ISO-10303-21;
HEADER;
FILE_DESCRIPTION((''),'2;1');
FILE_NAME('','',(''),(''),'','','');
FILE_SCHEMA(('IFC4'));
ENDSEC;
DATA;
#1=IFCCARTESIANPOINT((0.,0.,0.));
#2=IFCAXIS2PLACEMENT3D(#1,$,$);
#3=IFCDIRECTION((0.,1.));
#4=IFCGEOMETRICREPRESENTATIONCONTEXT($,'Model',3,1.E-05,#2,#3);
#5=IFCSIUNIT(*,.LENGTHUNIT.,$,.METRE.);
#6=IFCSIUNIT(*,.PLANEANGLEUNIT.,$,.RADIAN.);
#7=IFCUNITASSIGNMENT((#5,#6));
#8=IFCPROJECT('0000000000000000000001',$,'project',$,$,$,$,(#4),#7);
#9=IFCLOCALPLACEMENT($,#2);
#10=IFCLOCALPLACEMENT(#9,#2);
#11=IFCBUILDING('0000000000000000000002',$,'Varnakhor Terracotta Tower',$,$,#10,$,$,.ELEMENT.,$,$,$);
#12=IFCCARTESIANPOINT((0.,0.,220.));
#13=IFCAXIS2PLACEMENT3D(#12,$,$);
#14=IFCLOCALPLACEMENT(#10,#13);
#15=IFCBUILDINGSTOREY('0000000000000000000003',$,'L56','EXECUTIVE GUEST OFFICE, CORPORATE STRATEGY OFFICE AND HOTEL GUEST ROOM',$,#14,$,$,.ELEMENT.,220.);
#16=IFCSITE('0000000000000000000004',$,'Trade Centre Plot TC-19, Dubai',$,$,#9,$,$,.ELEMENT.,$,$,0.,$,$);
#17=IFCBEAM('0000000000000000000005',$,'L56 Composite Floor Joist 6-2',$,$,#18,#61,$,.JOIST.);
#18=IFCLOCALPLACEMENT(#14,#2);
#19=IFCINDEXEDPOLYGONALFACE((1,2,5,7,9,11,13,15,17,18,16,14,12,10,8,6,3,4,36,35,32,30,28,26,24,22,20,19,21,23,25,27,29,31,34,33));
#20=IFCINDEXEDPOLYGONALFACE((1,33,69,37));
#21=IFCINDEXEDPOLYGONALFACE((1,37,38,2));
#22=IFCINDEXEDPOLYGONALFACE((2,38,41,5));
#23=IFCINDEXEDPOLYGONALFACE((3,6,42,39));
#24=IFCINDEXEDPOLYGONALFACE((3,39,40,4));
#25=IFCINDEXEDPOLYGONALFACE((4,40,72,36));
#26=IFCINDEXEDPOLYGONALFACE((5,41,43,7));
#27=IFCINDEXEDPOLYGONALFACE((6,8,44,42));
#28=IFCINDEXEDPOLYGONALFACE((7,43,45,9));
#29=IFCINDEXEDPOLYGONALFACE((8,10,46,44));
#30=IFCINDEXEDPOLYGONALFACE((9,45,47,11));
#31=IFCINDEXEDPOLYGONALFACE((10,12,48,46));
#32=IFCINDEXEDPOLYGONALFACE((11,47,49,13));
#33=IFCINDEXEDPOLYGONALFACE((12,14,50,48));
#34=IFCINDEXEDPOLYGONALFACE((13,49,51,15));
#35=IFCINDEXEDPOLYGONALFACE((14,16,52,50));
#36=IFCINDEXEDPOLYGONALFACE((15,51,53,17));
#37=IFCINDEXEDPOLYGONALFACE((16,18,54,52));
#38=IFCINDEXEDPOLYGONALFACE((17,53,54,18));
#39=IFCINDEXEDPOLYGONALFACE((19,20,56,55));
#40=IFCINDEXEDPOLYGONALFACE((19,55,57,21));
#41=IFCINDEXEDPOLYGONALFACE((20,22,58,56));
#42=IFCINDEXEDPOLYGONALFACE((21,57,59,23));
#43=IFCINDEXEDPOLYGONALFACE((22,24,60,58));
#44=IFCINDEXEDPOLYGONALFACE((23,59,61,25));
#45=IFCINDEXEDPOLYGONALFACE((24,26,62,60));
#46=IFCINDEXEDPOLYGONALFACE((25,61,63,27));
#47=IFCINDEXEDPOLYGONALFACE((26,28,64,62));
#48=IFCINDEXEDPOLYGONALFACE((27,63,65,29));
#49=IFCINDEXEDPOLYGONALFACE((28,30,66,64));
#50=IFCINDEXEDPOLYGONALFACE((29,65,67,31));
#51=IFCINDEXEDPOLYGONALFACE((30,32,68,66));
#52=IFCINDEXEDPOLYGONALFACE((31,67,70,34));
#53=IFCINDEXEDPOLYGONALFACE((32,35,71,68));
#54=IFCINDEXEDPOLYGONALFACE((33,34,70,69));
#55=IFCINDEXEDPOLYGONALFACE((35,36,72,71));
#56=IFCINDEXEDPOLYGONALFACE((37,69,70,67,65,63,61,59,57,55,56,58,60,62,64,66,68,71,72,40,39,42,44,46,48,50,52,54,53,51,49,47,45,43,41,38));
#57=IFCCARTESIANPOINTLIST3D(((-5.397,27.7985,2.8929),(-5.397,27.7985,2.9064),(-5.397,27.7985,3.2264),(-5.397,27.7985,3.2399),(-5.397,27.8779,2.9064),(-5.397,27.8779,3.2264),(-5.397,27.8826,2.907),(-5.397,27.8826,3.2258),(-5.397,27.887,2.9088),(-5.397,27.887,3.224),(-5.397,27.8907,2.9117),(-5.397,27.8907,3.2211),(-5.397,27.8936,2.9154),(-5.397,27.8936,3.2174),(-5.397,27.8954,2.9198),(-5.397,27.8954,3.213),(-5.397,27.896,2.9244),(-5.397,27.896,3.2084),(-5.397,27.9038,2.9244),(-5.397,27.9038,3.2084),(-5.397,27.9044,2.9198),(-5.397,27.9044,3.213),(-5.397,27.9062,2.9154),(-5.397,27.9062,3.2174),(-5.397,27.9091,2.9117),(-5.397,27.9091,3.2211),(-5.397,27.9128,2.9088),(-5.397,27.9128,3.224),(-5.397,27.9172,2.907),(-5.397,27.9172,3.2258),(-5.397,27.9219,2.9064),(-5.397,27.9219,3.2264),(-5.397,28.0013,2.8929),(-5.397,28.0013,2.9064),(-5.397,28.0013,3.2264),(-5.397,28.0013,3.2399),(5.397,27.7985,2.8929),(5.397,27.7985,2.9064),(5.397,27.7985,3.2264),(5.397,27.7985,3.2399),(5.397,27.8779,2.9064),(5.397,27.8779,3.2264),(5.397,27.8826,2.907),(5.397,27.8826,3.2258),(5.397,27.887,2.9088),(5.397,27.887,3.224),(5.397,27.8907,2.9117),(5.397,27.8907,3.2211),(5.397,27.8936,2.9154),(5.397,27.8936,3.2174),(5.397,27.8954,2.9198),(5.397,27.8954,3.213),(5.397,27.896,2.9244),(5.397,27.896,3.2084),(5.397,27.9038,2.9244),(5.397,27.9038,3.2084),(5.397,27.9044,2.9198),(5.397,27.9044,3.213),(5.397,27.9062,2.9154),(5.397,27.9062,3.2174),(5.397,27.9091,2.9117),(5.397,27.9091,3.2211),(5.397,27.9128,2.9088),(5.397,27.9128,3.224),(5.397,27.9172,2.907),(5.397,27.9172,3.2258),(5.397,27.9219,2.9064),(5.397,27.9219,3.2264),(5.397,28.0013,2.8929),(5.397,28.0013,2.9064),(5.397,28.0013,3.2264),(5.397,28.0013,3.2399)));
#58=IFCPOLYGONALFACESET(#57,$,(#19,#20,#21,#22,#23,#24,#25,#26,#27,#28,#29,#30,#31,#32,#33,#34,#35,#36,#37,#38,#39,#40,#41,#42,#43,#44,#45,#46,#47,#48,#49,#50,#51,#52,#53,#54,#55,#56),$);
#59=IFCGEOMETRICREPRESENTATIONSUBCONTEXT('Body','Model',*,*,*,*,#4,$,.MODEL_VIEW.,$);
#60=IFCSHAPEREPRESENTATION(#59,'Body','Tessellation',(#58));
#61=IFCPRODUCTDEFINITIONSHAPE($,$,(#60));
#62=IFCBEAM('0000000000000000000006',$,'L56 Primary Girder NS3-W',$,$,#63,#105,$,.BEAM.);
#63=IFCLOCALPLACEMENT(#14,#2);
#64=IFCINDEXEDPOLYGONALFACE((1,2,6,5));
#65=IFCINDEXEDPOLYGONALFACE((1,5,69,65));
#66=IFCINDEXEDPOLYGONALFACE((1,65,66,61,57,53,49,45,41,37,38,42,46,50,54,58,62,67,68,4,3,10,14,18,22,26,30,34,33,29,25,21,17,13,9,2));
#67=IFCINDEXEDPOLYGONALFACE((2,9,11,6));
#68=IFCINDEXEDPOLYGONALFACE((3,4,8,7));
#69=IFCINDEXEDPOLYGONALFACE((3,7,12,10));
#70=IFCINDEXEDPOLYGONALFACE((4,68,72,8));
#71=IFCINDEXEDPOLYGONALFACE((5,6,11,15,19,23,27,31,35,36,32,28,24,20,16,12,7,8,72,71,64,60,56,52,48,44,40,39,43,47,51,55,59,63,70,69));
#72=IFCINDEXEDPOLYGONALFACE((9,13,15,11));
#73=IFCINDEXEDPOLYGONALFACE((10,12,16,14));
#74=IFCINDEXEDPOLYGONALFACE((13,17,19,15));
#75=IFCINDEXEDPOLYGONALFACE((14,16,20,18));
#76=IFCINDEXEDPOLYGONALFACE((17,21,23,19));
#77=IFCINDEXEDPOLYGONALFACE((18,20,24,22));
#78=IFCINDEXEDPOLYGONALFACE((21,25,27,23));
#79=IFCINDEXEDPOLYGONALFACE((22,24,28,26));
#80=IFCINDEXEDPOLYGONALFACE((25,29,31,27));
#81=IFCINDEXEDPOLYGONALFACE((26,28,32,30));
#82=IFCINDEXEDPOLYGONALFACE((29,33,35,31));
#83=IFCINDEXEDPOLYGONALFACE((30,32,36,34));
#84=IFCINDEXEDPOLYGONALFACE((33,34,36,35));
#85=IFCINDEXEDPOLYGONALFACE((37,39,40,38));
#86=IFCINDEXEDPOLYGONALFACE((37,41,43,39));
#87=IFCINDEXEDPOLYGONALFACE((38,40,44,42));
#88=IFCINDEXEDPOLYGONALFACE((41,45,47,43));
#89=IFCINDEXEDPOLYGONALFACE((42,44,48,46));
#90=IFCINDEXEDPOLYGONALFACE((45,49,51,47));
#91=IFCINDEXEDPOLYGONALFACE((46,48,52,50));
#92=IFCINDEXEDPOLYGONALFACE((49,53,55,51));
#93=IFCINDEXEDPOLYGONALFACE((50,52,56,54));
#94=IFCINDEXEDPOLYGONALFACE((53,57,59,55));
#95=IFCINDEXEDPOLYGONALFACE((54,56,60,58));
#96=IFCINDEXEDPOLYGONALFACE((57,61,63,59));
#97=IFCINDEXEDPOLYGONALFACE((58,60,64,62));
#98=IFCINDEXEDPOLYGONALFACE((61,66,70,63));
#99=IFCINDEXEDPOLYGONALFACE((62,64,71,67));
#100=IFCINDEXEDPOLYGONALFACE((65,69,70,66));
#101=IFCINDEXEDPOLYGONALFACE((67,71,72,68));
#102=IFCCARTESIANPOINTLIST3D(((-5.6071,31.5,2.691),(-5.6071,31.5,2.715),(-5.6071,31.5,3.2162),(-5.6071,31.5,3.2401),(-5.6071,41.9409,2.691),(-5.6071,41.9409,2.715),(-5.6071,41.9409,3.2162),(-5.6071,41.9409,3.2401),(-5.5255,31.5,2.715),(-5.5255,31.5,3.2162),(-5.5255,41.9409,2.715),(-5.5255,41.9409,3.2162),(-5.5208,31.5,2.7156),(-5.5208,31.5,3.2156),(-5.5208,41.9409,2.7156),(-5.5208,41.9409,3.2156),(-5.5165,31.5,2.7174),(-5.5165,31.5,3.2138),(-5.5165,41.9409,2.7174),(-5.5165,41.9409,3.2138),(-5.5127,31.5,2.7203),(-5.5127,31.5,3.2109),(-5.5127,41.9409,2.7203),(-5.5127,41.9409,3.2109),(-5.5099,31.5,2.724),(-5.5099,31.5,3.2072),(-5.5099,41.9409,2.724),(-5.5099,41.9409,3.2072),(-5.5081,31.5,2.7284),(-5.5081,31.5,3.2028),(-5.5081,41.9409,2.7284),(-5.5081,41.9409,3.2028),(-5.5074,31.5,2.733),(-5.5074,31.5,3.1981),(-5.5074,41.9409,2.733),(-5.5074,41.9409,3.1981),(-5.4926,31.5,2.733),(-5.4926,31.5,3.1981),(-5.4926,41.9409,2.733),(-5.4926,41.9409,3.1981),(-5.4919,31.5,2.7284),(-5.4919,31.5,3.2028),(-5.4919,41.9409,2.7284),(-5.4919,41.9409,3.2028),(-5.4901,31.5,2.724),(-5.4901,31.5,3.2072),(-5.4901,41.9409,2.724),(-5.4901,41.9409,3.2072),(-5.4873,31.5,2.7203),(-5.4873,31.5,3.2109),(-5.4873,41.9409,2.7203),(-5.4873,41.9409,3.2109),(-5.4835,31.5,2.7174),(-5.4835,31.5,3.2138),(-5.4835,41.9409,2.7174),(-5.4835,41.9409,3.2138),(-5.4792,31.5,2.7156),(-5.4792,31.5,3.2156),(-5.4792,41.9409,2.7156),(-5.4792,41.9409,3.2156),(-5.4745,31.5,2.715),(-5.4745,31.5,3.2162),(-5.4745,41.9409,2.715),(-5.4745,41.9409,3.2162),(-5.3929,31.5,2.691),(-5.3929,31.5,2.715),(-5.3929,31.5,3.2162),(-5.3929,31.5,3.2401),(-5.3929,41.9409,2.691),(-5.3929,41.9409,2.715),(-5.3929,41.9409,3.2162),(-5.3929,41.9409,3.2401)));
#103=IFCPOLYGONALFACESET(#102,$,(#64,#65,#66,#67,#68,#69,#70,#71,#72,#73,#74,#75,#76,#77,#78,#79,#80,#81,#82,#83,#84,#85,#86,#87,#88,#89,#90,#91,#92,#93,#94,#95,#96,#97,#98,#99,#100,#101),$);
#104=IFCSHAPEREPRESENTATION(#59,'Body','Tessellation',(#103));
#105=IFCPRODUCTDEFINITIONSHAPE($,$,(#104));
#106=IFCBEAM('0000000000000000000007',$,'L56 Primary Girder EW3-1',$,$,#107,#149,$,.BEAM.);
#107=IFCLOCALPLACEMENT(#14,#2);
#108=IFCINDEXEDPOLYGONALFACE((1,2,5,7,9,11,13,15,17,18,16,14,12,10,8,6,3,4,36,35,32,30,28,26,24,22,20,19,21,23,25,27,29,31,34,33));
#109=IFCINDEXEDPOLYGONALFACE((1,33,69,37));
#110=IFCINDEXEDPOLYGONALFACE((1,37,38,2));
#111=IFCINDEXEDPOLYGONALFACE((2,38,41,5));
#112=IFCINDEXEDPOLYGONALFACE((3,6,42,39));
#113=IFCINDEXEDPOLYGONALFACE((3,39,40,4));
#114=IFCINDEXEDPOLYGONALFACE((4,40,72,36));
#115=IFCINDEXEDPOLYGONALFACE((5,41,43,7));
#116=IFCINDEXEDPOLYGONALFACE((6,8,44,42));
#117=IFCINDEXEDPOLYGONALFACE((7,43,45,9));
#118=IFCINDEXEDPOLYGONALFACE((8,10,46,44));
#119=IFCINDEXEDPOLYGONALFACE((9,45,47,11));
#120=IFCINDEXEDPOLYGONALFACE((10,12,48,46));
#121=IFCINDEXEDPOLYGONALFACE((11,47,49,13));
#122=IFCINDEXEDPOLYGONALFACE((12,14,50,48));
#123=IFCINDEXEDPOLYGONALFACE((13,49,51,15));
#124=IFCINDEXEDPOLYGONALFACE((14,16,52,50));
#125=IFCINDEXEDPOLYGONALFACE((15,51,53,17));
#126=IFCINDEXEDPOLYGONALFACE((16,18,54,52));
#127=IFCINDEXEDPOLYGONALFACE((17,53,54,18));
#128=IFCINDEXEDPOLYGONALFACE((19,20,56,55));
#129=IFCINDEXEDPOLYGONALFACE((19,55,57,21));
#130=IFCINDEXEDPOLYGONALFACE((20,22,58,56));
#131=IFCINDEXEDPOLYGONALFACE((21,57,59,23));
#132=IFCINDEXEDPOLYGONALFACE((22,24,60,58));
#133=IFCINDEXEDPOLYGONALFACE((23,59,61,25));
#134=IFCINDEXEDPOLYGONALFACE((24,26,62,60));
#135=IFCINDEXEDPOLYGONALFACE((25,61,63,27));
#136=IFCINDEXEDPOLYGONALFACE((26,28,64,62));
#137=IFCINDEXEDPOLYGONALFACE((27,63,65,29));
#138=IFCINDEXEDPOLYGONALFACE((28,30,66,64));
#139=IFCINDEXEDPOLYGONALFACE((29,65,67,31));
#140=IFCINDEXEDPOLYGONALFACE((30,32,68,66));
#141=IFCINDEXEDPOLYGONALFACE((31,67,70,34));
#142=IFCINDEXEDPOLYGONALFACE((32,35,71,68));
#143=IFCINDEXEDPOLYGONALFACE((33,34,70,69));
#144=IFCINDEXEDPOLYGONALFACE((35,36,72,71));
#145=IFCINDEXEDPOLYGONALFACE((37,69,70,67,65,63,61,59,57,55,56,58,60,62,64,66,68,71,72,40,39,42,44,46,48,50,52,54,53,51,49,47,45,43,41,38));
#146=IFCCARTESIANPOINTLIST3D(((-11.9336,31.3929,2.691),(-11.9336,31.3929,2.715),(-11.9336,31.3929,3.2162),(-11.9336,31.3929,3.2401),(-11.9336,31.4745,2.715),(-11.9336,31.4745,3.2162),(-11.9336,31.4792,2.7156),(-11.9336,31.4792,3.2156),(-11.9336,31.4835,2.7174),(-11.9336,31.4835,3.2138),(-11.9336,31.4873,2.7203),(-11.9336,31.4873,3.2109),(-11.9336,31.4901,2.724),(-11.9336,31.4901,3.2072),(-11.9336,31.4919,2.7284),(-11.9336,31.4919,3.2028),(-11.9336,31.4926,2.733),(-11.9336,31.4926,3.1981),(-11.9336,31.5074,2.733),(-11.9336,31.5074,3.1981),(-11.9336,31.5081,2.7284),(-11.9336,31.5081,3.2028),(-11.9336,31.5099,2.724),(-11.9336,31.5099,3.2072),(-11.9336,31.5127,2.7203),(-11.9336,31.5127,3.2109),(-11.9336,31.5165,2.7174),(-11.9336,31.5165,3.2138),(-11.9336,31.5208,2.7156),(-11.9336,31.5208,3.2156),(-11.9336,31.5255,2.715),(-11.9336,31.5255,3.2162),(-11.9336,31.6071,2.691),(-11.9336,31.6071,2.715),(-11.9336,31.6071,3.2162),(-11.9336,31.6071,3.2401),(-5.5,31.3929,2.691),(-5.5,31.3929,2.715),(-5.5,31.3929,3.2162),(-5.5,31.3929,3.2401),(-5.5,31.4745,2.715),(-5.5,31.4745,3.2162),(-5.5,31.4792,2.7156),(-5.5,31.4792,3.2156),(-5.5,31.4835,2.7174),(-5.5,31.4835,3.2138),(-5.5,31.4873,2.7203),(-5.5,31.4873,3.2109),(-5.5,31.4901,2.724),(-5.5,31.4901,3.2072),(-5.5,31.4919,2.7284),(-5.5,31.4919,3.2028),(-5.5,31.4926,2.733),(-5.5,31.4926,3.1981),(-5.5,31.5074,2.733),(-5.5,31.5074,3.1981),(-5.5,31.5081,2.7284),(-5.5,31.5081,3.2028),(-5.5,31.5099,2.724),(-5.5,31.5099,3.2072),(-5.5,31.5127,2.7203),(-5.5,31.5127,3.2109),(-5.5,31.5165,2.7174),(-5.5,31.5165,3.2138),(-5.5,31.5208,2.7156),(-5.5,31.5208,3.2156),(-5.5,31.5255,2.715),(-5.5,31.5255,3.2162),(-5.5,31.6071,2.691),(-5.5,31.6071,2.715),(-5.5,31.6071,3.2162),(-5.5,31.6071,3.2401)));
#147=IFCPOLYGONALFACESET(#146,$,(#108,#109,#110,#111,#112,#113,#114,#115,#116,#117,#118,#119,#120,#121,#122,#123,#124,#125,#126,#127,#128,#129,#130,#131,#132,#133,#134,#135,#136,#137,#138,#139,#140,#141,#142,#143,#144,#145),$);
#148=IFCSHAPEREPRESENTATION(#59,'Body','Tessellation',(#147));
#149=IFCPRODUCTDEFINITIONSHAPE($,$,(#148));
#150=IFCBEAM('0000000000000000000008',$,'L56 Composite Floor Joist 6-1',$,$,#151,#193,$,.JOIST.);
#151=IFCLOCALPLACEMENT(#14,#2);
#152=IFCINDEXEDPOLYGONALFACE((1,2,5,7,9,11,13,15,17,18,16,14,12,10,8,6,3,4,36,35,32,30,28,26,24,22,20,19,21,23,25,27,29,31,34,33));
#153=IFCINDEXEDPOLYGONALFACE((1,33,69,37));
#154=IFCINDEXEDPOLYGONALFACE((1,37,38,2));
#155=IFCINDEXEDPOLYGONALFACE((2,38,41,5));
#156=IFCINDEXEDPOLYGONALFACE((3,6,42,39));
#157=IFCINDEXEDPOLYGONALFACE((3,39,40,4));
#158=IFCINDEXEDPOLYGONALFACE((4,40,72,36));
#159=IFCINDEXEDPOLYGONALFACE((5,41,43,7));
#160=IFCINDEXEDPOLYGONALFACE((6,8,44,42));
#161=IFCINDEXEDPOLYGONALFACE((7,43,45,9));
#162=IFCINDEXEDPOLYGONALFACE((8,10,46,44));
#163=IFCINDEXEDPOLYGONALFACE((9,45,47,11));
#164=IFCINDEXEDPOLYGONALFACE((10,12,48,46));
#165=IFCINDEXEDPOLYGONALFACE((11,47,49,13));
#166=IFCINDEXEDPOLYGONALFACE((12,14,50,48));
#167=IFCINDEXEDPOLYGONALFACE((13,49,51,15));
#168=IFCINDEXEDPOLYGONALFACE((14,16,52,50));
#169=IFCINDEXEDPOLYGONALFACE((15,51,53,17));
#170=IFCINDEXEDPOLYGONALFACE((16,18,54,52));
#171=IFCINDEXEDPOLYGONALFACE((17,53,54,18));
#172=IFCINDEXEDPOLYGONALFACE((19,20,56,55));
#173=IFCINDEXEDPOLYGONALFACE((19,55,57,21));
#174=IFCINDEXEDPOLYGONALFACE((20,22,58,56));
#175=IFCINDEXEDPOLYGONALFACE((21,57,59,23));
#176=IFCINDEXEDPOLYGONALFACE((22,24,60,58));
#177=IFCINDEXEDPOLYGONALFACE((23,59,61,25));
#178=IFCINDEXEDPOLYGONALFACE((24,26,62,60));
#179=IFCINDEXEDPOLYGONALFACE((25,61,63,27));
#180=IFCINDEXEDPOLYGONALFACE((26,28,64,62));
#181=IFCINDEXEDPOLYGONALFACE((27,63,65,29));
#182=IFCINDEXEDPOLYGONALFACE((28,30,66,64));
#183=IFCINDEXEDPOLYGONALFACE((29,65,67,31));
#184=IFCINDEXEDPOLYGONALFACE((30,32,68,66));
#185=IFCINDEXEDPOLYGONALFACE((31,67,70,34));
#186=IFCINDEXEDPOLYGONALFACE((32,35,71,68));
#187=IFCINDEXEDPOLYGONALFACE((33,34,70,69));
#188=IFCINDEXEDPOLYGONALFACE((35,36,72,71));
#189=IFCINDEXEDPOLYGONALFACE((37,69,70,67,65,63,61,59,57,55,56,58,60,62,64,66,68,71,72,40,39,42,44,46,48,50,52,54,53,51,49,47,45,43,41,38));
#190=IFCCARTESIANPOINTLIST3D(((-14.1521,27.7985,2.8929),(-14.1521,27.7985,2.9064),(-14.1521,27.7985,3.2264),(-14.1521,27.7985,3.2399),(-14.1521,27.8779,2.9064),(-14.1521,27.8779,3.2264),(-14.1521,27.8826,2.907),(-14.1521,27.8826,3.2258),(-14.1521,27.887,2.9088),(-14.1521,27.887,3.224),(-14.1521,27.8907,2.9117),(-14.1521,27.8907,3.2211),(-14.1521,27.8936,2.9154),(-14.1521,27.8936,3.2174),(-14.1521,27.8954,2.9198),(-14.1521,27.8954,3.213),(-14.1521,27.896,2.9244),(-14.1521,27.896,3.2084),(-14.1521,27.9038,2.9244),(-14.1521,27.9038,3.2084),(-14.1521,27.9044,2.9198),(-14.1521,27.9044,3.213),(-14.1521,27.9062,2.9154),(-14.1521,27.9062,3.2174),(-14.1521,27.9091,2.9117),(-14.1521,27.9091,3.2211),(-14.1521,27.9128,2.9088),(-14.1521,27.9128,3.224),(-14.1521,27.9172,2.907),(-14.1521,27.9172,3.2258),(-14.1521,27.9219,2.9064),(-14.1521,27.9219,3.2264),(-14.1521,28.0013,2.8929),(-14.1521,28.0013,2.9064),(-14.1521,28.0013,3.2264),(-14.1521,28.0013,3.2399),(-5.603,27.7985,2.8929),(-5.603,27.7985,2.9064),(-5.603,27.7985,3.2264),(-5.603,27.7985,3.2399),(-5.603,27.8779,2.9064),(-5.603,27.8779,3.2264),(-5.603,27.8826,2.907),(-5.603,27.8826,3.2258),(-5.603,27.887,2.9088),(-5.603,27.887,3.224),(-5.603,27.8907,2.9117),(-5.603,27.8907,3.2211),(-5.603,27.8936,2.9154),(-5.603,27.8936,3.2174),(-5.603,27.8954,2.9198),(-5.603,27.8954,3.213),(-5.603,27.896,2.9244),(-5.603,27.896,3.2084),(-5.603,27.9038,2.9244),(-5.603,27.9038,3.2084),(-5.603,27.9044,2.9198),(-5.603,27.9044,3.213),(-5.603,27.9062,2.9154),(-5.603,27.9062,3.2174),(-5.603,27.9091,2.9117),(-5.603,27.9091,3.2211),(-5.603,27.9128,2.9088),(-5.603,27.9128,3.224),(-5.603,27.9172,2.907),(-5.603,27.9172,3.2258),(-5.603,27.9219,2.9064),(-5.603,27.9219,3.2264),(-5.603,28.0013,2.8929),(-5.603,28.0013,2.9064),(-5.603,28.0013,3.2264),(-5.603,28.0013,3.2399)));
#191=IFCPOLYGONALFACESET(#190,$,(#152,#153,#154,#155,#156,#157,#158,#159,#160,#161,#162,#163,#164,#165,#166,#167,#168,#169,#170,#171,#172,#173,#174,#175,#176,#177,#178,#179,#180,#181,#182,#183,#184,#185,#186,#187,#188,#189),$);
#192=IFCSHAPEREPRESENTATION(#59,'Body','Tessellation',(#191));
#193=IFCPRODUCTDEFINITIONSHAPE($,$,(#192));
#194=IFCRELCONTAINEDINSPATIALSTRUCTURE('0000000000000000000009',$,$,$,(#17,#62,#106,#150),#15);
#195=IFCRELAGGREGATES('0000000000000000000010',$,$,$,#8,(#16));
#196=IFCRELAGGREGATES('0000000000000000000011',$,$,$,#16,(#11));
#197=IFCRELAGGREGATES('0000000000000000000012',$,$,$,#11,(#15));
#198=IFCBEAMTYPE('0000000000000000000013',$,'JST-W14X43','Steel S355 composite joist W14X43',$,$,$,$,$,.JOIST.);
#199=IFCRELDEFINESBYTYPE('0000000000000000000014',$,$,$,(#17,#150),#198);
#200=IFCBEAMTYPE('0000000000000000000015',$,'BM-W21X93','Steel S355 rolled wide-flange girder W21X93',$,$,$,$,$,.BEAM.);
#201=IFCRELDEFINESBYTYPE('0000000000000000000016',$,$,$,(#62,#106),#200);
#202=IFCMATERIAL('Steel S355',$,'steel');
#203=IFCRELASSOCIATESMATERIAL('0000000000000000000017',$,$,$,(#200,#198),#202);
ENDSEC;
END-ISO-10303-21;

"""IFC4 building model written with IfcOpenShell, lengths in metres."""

from ifc_helpers import new_model, si_unit, direction, frame, origin, origin_2d, place, context, subcontext, project, spatial, i_section, extrude, source, transform, mapped, material, material_profile, profile_set, type_object, element, save


model = new_model("IFC4")

# Units and contexts
model_context = context("Model", 3, precision=1e-05, world=origin(), true_north=direction((0.0, 1.0)))
body_context = subcontext(model_context, "Body", "Model", "MODEL_VIEW")
ifc_project = project(units=[si_unit("LENGTHUNIT", "METRE"), si_unit("PLANEANGLEUNIT", "RADIAN")], contexts=[model_context])

# Site, building, storey
site_placement = place(None, origin())
site = spatial("IfcSite", under=ifc_project, at=site_placement, Name="Trade Centre Plot TC-19, Dubai", CompositionType="ELEMENT", RefElevation=0.0)
building_placement = place(site_placement, origin())
building = spatial("IfcBuilding", under=site, at=building_placement, Name="Varnakhor Terracotta Tower", CompositionType="ELEMENT")
storey_placement = place(building_placement, frame((0.0, 0.0, 220.0)))
storey = spatial("IfcBuildingStorey", under=building, at=storey_placement, Name="L56", Description="EXECUTIVE GUEST OFFICE, CORPORATE STRATEGY OFFICE AND HOTEL GUEST ROOM", CompositionType="ELEMENT", Elevation=220.0)

# Beams
ifc_material_1 = material(Name="Steel S355", Category="steel")
ifc_material_profile_1 = material_profile(ifc_material_1, i_section(OverallWidth=0.2141, OverallDepth=0.5491, WebThickness=0.0149, FlangeThickness=0.0239, FilletRadius=0.0181, at=origin_2d()), Name="W21X93")
ifc_profile_set_1 = profile_set([ifc_material_profile_1], Name="Steel S355")
beam_type_1 = type_object("IfcBeamType", Name="BM-W21X93", Description="Steel S355 rolled wide-flange girder W21X93", PredefinedType="BEAM", material=ifc_profile_set_1)
ifc_material_profile_2 = material_profile(ifc_material_1, i_section(OverallWidth=0.2029, OverallDepth=0.3469, WebThickness=0.0078, FlangeThickness=0.0134, FilletRadius=0.0181, at=origin_2d()), Name="W14X43")
ifc_profile_set_2 = profile_set([ifc_material_profile_2], Name="Steel S355")
beam_type_2 = type_object("IfcBeamType", Name="JST-W14X43", Description="Steel S355 composite joist W14X43", PredefinedType="JOIST", material=ifc_profile_set_2)
shared_shape_1 = source(origin(), body_context, "Body", "SweptSolid", [
    extrude(i_section(OverallWidth=0.2029, OverallDepth=0.3469, WebThickness=0.0078, FlangeThickness=0.0134, FilletRadius=0.0181, at=origin_2d()), origin(), (0.0, 0.0, 1.0), 10.7939),
])
beam_1_placement = place(storey_placement, frame((-5.397, 27.8999, 3.0664), z_axis=(1.0, 0.0, 0.0), x_axis=(0.0, 1.0, 0.0)))
element("IfcBeam", 1, at=beam_1_placement, inside=storey, type_object=beam_type_2, Name="L56 Composite Floor Joist 6-2", PredefinedType="JOIST", context=body_context, shape_type="MappedRepresentation", body=[
    mapped(shared_shape_1, transform((0.0, 0.0, 0.0), scale=1.0)),
])
shared_shape_2 = source(origin(), body_context, "Body", "SweptSolid", [
    extrude(i_section(OverallWidth=0.2141, OverallDepth=0.5491, WebThickness=0.0149, FlangeThickness=0.0239, FilletRadius=0.0181, at=origin_2d()), origin(), (0.0, 0.0, 1.0), 10.4409),
])
beam_2_placement = place(storey_placement, frame((-5.5, 31.5, 2.9656), z_axis=(0.0, 1.0, 0.0), x_axis=(-1.0, 0.0, 0.0)))
element("IfcBeam", 2, at=beam_2_placement, inside=storey, type_object=beam_type_1, Name="L56 Primary Girder NS3-W", PredefinedType="BEAM", context=body_context, shape_type="MappedRepresentation", body=[
    mapped(shared_shape_2, transform((0.0, 0.0, 0.0), scale=1.0)),
])
shared_shape_3 = source(origin(), body_context, "Body", "SweptSolid", [
    extrude(i_section(OverallWidth=0.2141, OverallDepth=0.5491, WebThickness=0.0149, FlangeThickness=0.0239, FilletRadius=0.0181, at=origin_2d()), origin(), (0.0, 0.0, 1.0), 6.4336),
])
beam_3_placement = place(storey_placement, frame((-11.9336, 31.5, 2.9656), z_axis=(1.0, 0.0, 0.0), x_axis=(0.0, 1.0, 0.0)))
element("IfcBeam", 3, at=beam_3_placement, inside=storey, type_object=beam_type_1, Name="L56 Primary Girder EW3-1", PredefinedType="BEAM", context=body_context, shape_type="MappedRepresentation", body=[
    mapped(shared_shape_3, transform((0.0, 0.0, 0.0), scale=1.0)),
])
shared_shape_4 = source(origin(), body_context, "Body", "SweptSolid", [
    extrude(i_section(OverallWidth=0.2029, OverallDepth=0.3469, WebThickness=0.0078, FlangeThickness=0.0134, FilletRadius=0.0181, at=origin_2d()), origin(), (0.0, 0.0, 1.0), 8.5491),
])
beam_4_placement = place(storey_placement, frame((-14.1521, 27.8999, 3.0664), z_axis=(1.0, 0.0, 0.0), x_axis=(0.0, 1.0, 0.0)))
element("IfcBeam", 4, at=beam_4_placement, inside=storey, type_object=beam_type_2, Name="L56 Composite Floor Joist 6-1", PredefinedType="JOIST", context=body_context, shape_type="MappedRepresentation", body=[
    mapped(shared_shape_4, transform((0.0, 0.0, 0.0), scale=1.0)),
])

save(model, "model.ifc")
